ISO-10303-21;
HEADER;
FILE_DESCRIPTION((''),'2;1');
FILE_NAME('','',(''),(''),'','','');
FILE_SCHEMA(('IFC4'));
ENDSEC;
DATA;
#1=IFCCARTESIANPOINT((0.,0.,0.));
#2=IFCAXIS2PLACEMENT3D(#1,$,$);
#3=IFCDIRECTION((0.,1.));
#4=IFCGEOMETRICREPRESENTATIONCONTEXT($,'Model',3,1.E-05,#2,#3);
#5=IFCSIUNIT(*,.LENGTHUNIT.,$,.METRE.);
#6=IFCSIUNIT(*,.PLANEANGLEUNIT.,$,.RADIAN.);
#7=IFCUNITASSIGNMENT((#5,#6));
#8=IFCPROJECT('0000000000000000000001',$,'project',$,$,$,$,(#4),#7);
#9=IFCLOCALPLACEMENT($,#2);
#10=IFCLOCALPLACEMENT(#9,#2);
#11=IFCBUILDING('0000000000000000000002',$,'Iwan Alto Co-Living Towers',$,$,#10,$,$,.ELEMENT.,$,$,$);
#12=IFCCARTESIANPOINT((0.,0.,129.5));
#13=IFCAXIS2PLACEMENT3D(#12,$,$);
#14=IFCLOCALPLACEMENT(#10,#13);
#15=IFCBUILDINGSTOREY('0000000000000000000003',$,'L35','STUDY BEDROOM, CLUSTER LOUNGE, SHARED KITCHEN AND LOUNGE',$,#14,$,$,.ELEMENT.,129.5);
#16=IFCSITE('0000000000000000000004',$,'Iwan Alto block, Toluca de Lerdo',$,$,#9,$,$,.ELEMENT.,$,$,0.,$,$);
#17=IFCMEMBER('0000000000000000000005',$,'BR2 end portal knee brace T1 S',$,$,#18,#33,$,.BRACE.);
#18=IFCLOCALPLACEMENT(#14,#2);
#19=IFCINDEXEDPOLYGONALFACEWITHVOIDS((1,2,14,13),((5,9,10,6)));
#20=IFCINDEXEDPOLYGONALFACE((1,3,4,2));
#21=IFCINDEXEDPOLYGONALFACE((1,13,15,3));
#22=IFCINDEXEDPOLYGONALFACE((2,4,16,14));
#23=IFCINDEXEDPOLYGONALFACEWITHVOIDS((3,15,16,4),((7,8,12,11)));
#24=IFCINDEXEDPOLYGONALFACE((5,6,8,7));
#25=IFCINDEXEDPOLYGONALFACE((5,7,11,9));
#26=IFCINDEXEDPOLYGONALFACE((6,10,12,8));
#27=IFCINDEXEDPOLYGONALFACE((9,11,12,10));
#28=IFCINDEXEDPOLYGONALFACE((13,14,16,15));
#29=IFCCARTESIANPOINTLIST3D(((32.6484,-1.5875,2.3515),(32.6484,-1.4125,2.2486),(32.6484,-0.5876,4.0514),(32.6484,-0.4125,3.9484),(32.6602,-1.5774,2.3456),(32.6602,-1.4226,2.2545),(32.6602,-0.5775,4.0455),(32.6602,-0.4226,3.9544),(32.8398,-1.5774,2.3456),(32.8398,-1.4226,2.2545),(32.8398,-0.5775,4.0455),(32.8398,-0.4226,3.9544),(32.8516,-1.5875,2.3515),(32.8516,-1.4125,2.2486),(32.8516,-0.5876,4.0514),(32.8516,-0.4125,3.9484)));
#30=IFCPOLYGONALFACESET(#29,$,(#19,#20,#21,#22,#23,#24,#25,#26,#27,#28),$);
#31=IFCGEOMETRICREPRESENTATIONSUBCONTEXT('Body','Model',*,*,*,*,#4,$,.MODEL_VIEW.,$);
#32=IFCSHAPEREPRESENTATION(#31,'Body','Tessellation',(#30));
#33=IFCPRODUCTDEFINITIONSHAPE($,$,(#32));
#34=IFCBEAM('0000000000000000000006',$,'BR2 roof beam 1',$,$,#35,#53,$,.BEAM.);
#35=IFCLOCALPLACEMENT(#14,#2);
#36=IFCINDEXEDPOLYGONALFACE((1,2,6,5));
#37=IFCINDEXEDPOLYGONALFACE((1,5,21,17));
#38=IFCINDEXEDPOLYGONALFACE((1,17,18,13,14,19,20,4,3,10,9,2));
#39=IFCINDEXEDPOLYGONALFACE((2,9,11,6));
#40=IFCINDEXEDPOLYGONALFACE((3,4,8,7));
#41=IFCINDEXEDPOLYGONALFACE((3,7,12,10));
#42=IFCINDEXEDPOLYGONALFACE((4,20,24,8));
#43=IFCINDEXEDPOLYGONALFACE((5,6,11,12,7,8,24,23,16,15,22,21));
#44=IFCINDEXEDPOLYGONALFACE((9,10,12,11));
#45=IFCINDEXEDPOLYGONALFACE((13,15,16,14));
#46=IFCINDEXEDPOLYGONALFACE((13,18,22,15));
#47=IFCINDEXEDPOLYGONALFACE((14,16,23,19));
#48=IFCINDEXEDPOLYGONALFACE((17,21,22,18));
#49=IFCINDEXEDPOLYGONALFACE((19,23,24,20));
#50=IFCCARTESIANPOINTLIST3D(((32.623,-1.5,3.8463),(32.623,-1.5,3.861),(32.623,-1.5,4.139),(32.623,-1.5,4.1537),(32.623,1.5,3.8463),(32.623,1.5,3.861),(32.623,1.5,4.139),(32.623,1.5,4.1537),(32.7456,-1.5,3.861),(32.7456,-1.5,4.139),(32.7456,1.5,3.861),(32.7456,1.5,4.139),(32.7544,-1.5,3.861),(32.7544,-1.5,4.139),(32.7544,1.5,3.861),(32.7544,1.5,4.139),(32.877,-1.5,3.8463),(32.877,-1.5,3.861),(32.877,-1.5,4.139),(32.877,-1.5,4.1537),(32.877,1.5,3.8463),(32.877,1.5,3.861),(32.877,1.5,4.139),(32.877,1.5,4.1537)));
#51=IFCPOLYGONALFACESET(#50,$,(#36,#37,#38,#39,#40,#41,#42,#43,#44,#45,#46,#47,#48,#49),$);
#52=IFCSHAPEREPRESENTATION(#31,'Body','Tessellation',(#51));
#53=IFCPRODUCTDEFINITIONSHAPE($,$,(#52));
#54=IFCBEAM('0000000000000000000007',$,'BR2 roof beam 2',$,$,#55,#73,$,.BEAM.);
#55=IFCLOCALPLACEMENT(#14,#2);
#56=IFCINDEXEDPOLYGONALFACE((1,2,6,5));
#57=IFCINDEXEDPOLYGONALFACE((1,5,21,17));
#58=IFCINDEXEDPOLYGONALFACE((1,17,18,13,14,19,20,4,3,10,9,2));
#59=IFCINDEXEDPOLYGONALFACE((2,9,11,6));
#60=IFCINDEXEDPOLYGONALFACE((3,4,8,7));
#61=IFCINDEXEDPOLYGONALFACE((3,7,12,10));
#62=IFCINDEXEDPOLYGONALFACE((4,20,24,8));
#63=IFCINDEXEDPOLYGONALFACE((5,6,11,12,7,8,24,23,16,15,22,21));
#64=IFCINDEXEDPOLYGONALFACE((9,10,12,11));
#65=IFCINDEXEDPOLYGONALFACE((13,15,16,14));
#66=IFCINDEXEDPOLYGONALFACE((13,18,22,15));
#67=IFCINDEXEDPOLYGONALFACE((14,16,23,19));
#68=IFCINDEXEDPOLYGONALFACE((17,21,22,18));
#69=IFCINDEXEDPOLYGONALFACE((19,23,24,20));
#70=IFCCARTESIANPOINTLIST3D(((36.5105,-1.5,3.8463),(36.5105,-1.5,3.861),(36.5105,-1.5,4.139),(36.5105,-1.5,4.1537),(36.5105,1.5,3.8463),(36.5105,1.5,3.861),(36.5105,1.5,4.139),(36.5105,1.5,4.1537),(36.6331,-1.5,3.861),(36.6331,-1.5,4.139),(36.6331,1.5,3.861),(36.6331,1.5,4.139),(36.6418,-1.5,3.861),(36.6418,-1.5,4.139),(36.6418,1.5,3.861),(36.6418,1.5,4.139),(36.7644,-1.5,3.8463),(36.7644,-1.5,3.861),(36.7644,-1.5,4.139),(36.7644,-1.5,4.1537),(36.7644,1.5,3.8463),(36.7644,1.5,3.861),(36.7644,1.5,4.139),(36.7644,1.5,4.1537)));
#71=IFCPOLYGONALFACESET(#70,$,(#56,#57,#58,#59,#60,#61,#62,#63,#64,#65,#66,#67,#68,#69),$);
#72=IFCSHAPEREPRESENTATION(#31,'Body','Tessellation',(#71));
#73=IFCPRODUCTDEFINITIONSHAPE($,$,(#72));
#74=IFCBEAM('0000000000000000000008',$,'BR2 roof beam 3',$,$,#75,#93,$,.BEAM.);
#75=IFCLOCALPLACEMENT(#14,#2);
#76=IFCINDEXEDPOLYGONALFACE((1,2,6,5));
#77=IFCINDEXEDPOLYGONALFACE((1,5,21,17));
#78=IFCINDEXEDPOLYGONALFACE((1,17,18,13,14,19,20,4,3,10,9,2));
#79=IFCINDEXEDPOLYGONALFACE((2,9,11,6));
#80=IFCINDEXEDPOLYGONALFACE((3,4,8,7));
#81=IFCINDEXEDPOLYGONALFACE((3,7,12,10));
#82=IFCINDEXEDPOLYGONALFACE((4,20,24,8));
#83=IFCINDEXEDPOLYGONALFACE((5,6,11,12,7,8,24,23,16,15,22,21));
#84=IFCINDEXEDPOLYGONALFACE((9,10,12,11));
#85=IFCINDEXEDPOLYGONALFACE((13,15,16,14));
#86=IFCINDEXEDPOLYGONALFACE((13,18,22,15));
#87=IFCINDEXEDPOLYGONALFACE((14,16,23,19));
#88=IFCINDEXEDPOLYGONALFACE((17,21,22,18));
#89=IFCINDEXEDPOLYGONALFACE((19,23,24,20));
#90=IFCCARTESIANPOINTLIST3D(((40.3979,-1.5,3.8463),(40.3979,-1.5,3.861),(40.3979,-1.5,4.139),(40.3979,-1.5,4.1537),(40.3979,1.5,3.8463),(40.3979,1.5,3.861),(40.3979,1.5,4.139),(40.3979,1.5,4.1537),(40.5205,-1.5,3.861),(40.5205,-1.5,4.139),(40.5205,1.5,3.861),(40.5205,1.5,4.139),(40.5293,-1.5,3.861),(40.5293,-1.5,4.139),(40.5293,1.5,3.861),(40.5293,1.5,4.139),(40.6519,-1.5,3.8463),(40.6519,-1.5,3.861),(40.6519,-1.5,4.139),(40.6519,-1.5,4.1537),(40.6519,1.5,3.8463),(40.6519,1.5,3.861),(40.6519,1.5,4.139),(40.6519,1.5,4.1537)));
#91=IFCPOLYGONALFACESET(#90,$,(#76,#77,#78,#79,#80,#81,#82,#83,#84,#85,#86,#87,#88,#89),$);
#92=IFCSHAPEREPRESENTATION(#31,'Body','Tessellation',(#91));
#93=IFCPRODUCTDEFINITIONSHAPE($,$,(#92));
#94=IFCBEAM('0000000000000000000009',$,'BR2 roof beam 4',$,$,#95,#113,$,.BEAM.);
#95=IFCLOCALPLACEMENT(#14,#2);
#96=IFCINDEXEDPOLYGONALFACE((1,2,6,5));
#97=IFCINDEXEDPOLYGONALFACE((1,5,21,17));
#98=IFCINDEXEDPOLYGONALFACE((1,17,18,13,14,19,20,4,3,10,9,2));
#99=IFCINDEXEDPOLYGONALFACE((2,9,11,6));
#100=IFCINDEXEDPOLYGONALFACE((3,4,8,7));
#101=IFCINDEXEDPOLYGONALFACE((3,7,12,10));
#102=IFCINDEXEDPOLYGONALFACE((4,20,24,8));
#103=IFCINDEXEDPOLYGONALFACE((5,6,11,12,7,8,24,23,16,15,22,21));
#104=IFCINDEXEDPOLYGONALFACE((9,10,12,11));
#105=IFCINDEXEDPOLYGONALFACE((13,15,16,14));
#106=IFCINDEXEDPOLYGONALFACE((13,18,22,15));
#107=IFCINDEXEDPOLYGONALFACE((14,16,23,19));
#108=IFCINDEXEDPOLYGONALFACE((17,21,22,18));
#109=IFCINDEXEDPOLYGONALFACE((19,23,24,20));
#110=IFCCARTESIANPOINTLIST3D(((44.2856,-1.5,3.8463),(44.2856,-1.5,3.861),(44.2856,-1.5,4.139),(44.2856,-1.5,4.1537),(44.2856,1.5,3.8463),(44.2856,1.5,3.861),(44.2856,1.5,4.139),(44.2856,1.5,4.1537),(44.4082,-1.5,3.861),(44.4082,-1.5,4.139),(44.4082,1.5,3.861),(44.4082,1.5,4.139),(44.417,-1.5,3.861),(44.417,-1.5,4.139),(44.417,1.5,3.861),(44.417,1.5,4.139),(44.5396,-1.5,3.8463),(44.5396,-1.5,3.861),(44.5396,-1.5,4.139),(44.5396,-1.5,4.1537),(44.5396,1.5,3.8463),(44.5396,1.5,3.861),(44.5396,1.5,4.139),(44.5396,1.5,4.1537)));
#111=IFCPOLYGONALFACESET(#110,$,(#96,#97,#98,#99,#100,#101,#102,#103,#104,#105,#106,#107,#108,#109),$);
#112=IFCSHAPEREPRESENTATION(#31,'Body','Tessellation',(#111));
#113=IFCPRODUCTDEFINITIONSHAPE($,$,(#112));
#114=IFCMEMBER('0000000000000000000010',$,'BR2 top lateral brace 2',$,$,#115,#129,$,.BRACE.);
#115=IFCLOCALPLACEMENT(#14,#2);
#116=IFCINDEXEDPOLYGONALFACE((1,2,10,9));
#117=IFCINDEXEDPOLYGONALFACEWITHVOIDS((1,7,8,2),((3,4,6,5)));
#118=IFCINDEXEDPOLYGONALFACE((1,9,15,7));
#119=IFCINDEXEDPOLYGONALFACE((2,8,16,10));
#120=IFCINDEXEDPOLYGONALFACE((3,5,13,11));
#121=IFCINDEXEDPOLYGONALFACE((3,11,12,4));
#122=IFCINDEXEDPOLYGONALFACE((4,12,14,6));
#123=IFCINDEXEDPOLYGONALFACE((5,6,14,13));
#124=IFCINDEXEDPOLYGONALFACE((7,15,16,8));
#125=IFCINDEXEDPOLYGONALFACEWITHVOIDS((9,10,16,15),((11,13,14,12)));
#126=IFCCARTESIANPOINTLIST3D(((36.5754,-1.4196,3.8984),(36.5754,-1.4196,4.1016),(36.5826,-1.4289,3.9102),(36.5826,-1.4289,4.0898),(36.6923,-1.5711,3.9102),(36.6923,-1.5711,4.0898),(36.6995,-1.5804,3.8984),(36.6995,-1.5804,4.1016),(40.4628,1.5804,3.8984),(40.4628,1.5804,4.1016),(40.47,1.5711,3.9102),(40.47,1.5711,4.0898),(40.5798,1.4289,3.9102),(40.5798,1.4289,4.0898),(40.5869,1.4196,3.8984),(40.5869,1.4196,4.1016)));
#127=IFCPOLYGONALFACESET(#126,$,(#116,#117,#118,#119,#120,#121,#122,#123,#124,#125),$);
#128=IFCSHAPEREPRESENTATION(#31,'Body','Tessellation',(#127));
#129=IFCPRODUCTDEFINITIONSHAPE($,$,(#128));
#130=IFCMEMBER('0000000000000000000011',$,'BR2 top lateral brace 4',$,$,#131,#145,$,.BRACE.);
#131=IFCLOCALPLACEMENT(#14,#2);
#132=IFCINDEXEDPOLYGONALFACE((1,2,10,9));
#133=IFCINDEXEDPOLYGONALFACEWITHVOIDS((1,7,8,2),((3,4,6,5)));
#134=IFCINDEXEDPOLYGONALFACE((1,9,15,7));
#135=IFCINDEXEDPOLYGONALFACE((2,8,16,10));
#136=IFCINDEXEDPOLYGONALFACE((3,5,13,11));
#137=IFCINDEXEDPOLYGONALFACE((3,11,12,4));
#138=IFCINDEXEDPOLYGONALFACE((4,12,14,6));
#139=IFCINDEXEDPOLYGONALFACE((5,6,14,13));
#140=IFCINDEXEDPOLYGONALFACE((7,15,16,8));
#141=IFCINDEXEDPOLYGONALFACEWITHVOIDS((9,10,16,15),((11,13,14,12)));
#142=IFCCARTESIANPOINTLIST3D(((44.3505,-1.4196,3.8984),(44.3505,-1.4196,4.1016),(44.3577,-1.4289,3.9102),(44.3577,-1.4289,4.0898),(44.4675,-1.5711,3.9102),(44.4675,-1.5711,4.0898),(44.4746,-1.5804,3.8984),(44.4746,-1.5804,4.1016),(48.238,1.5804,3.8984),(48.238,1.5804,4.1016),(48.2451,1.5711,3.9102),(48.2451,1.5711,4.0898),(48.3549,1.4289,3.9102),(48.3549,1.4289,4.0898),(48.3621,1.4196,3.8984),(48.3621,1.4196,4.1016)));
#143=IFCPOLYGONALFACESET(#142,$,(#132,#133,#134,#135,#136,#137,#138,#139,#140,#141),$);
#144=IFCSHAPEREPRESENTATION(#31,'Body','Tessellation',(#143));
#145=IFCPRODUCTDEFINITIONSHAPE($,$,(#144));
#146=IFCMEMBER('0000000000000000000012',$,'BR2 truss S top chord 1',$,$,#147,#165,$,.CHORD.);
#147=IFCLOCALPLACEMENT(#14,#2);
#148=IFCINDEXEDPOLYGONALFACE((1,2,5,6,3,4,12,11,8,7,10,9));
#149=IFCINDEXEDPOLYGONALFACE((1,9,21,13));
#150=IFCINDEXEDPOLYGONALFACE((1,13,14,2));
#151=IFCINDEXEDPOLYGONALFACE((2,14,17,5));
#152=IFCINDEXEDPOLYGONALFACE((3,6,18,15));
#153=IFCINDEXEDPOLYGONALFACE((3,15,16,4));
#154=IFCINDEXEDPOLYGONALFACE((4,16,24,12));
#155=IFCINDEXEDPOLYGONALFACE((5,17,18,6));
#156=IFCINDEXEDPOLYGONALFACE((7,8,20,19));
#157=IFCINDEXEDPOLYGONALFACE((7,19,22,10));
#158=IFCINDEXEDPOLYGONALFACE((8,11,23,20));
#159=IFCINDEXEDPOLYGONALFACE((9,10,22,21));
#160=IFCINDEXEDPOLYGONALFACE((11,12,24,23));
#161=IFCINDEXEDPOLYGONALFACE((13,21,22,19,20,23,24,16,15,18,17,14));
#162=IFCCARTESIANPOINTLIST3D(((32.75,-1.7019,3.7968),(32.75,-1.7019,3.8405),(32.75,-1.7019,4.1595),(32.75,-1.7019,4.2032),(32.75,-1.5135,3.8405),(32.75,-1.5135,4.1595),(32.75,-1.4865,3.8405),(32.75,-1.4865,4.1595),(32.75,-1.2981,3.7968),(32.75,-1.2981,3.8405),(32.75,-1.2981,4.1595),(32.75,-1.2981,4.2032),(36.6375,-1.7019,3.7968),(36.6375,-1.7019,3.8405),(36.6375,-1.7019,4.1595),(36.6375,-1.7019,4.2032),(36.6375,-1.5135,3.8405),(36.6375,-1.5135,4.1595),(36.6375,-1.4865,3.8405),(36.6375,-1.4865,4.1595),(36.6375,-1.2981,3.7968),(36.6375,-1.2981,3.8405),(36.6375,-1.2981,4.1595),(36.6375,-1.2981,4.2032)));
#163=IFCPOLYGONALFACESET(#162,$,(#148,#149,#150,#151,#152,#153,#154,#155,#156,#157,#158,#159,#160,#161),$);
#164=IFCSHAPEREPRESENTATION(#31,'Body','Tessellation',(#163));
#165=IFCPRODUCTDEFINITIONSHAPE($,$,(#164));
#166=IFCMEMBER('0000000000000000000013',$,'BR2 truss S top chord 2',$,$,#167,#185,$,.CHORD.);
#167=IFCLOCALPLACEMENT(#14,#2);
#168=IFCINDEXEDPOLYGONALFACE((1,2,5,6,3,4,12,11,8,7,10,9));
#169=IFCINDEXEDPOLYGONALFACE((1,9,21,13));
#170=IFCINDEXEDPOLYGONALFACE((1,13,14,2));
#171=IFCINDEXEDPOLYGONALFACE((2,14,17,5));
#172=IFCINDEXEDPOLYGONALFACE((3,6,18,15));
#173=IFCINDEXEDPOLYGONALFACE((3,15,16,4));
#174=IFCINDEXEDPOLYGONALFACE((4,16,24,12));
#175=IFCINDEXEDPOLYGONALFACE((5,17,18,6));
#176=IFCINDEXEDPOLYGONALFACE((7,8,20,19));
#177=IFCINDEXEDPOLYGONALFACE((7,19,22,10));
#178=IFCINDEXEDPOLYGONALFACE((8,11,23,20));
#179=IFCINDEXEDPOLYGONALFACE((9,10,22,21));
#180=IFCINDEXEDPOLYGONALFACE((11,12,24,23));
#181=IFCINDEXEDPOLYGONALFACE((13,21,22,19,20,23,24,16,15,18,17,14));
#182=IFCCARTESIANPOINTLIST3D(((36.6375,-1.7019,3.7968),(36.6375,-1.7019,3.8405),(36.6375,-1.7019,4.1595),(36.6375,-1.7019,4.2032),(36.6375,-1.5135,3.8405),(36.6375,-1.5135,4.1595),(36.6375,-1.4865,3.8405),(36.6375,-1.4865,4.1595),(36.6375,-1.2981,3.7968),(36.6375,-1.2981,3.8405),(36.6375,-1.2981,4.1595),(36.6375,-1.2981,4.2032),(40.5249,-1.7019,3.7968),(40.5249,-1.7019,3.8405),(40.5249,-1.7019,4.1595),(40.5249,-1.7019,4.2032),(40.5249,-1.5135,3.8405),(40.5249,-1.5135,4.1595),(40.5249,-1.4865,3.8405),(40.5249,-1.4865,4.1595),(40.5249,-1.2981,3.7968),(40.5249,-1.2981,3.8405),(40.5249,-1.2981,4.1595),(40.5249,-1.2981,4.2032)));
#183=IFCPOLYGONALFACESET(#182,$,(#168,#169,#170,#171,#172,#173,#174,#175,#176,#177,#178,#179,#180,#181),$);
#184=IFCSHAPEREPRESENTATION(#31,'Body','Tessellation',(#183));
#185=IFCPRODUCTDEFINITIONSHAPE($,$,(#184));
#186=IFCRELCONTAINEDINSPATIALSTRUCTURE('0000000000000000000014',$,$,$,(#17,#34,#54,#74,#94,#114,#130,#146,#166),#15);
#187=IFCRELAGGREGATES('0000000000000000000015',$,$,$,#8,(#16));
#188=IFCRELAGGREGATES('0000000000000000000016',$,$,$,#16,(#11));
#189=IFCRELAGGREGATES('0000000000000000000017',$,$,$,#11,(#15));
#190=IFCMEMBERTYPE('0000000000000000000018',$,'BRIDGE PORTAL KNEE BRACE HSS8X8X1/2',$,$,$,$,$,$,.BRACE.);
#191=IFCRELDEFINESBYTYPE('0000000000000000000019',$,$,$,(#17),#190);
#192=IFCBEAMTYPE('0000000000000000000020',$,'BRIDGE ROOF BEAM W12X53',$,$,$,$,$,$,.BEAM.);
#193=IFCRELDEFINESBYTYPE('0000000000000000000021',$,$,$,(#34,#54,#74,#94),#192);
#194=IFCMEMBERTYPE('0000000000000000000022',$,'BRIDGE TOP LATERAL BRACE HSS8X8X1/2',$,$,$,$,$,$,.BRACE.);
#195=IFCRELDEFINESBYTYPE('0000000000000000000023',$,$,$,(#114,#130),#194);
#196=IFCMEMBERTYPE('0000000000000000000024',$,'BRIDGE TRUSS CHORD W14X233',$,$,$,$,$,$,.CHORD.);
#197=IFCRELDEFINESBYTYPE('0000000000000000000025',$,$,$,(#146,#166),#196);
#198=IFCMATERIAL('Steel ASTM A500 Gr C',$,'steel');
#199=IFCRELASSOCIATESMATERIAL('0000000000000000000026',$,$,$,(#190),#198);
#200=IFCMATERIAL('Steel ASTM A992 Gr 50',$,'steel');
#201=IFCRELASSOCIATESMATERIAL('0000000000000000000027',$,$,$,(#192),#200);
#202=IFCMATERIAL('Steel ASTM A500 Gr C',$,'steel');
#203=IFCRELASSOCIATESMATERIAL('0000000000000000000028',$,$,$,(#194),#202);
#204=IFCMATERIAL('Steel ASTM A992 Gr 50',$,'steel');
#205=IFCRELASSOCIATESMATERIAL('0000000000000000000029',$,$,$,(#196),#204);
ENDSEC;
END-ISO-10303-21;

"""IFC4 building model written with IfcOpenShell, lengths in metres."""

from ifc_helpers import new_model, si_unit, direction, frame, origin, origin_2d, place, context, subcontext, project, spatial, hollow_rectangle, i_section, extrude, material, material_profile, profile_set, type_object, element, save


model = new_model("IFC4")

# Units and contexts
model_context = context("Model", 3, precision=1e-05, world=origin(), true_north=direction((0.0, 1.0)))
body_context = subcontext(model_context, "Body", "Model", "MODEL_VIEW")
ifc_project = project(units=[si_unit("LENGTHUNIT", "METRE"), si_unit("PLANEANGLEUNIT", "RADIAN")], contexts=[model_context])

# Site, building, storey
site_placement = place(None, origin())
site = spatial("IfcSite", under=ifc_project, at=site_placement, Name="Iwan Alto block, Toluca de Lerdo", CompositionType="ELEMENT", RefElevation=0.0)
building_placement = place(site_placement, origin())
building = spatial("IfcBuilding", under=site, at=building_placement, Name="Iwan Alto Co-Living Towers", CompositionType="ELEMENT")
storey_placement = place(building_placement, frame((0.0, 0.0, 129.5)))
storey = spatial("IfcBuildingStorey", under=building, at=storey_placement, Name="L35", Description="STUDY BEDROOM, CLUSTER LOUNGE, SHARED KITCHEN AND LOUNGE", CompositionType="ELEMENT", Elevation=129.5)

# Member
ifc_material_1 = material(Name="Steel ASTM A500 Gr C", Category="steel")
ifc_material_profile_1 = material_profile(ifc_material_1, hollow_rectangle(XDim=0.2031, YDim=0.2031, WallThickness=0.0117, at=origin_2d()), Name="HSS8X8X1/2")
ifc_profile_set_1 = profile_set([ifc_material_profile_1], Name="Steel ASTM A500 Gr C")
member_type_1 = type_object("IfcMemberType", Name="BRIDGE PORTAL KNEE BRACE HSS8X8X1/2", PredefinedType="BRACE", material=ifc_profile_set_1)
member_1_placement = place(storey_placement, frame((32.75, -1.5, 2.3), z_axis=(0.0, 0.507031, 0.861928), x_axis=(-1.0, 0.0, 0.0)))
element("IfcMember", 1, at=member_1_placement, inside=storey, type_object=member_type_1, Name="BR2 end portal knee brace T1 S", PredefinedType="BRACE", context=body_context, shape_type="SweptSolid", body=[
    extrude(hollow_rectangle(XDim=0.2031, YDim=0.2031, WallThickness=0.0117, at=origin_2d()), origin(), (0.0, 0.0, 1.0), 1.9722),
])

# Beams
ifc_material_2 = material(Name="Steel ASTM A992 Gr 50", Category="steel")
ifc_material_profile_2 = material_profile(ifc_material_2, i_section(OverallWidth=0.2539, OverallDepth=0.3074, WebThickness=0.0088, FlangeThickness=0.0146, at=origin_2d()), Name="W12X53")
ifc_profile_set_2 = profile_set([ifc_material_profile_2], Name="Steel ASTM A992 Gr 50")
beam_type = type_object("IfcBeamType", Name="BRIDGE ROOF BEAM W12X53", PredefinedType="BEAM", material=ifc_profile_set_2)
for number, where, z_axis, x_axis, name in (
    (2, (32.75, -1.5, 4.0), (0.0, 1.0, 0.0), (-1.0, 0.0, 0.0), "BR2 roof beam 1"),
    (3, (36.6375, -1.5, 4.0), (0.0, 1.0, 0.0), (-1.0, 0.0, 0.0), "BR2 roof beam 2"),
    (4, (40.5249, -1.5, 4.0), (0.0, 1.0, 0.0), (-1.0, 0.0, 0.0), "BR2 roof beam 3"),
    (5, (44.4126, -1.5, 4.0), (0.0, 1.0, 0.0), (-1.0, 0.0, 0.0), "BR2 roof beam 4"),
):
    element("IfcBeam", number, at=place(storey_placement, frame(where, z_axis=z_axis, x_axis=x_axis)), inside=storey, type_object=beam_type, Name=name, PredefinedType="BEAM", context=body_context, shape_type="SweptSolid", body=[
        extrude(i_section(OverallWidth=0.2539, OverallDepth=0.3074, WebThickness=0.0088, FlangeThickness=0.0146, at=origin_2d()), origin(), (0.0, 0.0, 1.0), 3.0),
    ])

# Members
ifc_material_3 = material(Name="Steel ASTM A500 Gr C", Category="steel")
ifc_material_profile_3 = material_profile(ifc_material_3, hollow_rectangle(XDim=0.2031, YDim=0.2031, WallThickness=0.0117, at=origin_2d()), Name="HSS8X8X1/2")
ifc_profile_set_3 = profile_set([ifc_material_profile_3], Name="Steel ASTM A500 Gr C")
member_type_2 = type_object("IfcMemberType", Name="BRIDGE TOP LATERAL BRACE HSS8X8X1/2", PredefinedType="BRACE", material=ifc_profile_set_3)
for number, where, z_axis, x_axis, name in (
    (6, (36.6375, -1.5, 4.0), (0.791673, 0.610945, 0.0), (-0.610945, 0.791673, 0.0), "BR2 top lateral brace 2"),
    (7, (44.4126, -1.5, 4.0), (0.791673, 0.610945, 0.0), (-0.610945, 0.791673, 0.0), "BR2 top lateral brace 4"),
):
    element("IfcMember", number, at=place(storey_placement, frame(where, z_axis=z_axis, x_axis=x_axis)), inside=storey, type_object=member_type_2, Name=name, PredefinedType="BRACE", context=body_context, shape_type="SweptSolid", body=[
        extrude(hollow_rectangle(XDim=0.2031, YDim=0.2031, WallThickness=0.0117, at=origin_2d()), origin(), (0.0, 0.0, 1.0), 4.9104),
    ])
ifc_material_4 = material(Name="Steel ASTM A992 Gr 50", Category="steel")
ifc_material_profile_4 = material_profile(ifc_material_4, i_section(OverallWidth=0.4038, OverallDepth=0.4065, WebThickness=0.0271, FlangeThickness=0.0437, at=origin_2d()), Name="W14X233")
ifc_profile_set_4 = profile_set([ifc_material_profile_4], Name="Steel ASTM A992 Gr 50")
member_type_3 = type_object("IfcMemberType", Name="BRIDGE TRUSS CHORD W14X233", PredefinedType="CHORD", material=ifc_profile_set_4)
for number, where, z_axis, x_axis, name in (
    (8, (32.75, -1.5, 4.0), (1.0, 0.0, 0.0), (0.0, 1.0, 0.0), "BR2 truss S top chord 1"),
    (9, (36.6375, -1.5, 4.0), (1.0, 0.0, 0.0), (0.0, 1.0, 0.0), "BR2 truss S top chord 2"),
):
    element("IfcMember", number, at=place(storey_placement, frame(where, z_axis=z_axis, x_axis=x_axis)), inside=storey, type_object=member_type_3, Name=name, PredefinedType="CHORD", context=body_context, shape_type="SweptSolid", body=[
        extrude(i_section(OverallWidth=0.4038, OverallDepth=0.4065, WebThickness=0.0271, FlangeThickness=0.0437, at=origin_2d()), origin(), (0.0, 0.0, 1.0), 3.8875),
    ])

save(model, "model.ifc")
